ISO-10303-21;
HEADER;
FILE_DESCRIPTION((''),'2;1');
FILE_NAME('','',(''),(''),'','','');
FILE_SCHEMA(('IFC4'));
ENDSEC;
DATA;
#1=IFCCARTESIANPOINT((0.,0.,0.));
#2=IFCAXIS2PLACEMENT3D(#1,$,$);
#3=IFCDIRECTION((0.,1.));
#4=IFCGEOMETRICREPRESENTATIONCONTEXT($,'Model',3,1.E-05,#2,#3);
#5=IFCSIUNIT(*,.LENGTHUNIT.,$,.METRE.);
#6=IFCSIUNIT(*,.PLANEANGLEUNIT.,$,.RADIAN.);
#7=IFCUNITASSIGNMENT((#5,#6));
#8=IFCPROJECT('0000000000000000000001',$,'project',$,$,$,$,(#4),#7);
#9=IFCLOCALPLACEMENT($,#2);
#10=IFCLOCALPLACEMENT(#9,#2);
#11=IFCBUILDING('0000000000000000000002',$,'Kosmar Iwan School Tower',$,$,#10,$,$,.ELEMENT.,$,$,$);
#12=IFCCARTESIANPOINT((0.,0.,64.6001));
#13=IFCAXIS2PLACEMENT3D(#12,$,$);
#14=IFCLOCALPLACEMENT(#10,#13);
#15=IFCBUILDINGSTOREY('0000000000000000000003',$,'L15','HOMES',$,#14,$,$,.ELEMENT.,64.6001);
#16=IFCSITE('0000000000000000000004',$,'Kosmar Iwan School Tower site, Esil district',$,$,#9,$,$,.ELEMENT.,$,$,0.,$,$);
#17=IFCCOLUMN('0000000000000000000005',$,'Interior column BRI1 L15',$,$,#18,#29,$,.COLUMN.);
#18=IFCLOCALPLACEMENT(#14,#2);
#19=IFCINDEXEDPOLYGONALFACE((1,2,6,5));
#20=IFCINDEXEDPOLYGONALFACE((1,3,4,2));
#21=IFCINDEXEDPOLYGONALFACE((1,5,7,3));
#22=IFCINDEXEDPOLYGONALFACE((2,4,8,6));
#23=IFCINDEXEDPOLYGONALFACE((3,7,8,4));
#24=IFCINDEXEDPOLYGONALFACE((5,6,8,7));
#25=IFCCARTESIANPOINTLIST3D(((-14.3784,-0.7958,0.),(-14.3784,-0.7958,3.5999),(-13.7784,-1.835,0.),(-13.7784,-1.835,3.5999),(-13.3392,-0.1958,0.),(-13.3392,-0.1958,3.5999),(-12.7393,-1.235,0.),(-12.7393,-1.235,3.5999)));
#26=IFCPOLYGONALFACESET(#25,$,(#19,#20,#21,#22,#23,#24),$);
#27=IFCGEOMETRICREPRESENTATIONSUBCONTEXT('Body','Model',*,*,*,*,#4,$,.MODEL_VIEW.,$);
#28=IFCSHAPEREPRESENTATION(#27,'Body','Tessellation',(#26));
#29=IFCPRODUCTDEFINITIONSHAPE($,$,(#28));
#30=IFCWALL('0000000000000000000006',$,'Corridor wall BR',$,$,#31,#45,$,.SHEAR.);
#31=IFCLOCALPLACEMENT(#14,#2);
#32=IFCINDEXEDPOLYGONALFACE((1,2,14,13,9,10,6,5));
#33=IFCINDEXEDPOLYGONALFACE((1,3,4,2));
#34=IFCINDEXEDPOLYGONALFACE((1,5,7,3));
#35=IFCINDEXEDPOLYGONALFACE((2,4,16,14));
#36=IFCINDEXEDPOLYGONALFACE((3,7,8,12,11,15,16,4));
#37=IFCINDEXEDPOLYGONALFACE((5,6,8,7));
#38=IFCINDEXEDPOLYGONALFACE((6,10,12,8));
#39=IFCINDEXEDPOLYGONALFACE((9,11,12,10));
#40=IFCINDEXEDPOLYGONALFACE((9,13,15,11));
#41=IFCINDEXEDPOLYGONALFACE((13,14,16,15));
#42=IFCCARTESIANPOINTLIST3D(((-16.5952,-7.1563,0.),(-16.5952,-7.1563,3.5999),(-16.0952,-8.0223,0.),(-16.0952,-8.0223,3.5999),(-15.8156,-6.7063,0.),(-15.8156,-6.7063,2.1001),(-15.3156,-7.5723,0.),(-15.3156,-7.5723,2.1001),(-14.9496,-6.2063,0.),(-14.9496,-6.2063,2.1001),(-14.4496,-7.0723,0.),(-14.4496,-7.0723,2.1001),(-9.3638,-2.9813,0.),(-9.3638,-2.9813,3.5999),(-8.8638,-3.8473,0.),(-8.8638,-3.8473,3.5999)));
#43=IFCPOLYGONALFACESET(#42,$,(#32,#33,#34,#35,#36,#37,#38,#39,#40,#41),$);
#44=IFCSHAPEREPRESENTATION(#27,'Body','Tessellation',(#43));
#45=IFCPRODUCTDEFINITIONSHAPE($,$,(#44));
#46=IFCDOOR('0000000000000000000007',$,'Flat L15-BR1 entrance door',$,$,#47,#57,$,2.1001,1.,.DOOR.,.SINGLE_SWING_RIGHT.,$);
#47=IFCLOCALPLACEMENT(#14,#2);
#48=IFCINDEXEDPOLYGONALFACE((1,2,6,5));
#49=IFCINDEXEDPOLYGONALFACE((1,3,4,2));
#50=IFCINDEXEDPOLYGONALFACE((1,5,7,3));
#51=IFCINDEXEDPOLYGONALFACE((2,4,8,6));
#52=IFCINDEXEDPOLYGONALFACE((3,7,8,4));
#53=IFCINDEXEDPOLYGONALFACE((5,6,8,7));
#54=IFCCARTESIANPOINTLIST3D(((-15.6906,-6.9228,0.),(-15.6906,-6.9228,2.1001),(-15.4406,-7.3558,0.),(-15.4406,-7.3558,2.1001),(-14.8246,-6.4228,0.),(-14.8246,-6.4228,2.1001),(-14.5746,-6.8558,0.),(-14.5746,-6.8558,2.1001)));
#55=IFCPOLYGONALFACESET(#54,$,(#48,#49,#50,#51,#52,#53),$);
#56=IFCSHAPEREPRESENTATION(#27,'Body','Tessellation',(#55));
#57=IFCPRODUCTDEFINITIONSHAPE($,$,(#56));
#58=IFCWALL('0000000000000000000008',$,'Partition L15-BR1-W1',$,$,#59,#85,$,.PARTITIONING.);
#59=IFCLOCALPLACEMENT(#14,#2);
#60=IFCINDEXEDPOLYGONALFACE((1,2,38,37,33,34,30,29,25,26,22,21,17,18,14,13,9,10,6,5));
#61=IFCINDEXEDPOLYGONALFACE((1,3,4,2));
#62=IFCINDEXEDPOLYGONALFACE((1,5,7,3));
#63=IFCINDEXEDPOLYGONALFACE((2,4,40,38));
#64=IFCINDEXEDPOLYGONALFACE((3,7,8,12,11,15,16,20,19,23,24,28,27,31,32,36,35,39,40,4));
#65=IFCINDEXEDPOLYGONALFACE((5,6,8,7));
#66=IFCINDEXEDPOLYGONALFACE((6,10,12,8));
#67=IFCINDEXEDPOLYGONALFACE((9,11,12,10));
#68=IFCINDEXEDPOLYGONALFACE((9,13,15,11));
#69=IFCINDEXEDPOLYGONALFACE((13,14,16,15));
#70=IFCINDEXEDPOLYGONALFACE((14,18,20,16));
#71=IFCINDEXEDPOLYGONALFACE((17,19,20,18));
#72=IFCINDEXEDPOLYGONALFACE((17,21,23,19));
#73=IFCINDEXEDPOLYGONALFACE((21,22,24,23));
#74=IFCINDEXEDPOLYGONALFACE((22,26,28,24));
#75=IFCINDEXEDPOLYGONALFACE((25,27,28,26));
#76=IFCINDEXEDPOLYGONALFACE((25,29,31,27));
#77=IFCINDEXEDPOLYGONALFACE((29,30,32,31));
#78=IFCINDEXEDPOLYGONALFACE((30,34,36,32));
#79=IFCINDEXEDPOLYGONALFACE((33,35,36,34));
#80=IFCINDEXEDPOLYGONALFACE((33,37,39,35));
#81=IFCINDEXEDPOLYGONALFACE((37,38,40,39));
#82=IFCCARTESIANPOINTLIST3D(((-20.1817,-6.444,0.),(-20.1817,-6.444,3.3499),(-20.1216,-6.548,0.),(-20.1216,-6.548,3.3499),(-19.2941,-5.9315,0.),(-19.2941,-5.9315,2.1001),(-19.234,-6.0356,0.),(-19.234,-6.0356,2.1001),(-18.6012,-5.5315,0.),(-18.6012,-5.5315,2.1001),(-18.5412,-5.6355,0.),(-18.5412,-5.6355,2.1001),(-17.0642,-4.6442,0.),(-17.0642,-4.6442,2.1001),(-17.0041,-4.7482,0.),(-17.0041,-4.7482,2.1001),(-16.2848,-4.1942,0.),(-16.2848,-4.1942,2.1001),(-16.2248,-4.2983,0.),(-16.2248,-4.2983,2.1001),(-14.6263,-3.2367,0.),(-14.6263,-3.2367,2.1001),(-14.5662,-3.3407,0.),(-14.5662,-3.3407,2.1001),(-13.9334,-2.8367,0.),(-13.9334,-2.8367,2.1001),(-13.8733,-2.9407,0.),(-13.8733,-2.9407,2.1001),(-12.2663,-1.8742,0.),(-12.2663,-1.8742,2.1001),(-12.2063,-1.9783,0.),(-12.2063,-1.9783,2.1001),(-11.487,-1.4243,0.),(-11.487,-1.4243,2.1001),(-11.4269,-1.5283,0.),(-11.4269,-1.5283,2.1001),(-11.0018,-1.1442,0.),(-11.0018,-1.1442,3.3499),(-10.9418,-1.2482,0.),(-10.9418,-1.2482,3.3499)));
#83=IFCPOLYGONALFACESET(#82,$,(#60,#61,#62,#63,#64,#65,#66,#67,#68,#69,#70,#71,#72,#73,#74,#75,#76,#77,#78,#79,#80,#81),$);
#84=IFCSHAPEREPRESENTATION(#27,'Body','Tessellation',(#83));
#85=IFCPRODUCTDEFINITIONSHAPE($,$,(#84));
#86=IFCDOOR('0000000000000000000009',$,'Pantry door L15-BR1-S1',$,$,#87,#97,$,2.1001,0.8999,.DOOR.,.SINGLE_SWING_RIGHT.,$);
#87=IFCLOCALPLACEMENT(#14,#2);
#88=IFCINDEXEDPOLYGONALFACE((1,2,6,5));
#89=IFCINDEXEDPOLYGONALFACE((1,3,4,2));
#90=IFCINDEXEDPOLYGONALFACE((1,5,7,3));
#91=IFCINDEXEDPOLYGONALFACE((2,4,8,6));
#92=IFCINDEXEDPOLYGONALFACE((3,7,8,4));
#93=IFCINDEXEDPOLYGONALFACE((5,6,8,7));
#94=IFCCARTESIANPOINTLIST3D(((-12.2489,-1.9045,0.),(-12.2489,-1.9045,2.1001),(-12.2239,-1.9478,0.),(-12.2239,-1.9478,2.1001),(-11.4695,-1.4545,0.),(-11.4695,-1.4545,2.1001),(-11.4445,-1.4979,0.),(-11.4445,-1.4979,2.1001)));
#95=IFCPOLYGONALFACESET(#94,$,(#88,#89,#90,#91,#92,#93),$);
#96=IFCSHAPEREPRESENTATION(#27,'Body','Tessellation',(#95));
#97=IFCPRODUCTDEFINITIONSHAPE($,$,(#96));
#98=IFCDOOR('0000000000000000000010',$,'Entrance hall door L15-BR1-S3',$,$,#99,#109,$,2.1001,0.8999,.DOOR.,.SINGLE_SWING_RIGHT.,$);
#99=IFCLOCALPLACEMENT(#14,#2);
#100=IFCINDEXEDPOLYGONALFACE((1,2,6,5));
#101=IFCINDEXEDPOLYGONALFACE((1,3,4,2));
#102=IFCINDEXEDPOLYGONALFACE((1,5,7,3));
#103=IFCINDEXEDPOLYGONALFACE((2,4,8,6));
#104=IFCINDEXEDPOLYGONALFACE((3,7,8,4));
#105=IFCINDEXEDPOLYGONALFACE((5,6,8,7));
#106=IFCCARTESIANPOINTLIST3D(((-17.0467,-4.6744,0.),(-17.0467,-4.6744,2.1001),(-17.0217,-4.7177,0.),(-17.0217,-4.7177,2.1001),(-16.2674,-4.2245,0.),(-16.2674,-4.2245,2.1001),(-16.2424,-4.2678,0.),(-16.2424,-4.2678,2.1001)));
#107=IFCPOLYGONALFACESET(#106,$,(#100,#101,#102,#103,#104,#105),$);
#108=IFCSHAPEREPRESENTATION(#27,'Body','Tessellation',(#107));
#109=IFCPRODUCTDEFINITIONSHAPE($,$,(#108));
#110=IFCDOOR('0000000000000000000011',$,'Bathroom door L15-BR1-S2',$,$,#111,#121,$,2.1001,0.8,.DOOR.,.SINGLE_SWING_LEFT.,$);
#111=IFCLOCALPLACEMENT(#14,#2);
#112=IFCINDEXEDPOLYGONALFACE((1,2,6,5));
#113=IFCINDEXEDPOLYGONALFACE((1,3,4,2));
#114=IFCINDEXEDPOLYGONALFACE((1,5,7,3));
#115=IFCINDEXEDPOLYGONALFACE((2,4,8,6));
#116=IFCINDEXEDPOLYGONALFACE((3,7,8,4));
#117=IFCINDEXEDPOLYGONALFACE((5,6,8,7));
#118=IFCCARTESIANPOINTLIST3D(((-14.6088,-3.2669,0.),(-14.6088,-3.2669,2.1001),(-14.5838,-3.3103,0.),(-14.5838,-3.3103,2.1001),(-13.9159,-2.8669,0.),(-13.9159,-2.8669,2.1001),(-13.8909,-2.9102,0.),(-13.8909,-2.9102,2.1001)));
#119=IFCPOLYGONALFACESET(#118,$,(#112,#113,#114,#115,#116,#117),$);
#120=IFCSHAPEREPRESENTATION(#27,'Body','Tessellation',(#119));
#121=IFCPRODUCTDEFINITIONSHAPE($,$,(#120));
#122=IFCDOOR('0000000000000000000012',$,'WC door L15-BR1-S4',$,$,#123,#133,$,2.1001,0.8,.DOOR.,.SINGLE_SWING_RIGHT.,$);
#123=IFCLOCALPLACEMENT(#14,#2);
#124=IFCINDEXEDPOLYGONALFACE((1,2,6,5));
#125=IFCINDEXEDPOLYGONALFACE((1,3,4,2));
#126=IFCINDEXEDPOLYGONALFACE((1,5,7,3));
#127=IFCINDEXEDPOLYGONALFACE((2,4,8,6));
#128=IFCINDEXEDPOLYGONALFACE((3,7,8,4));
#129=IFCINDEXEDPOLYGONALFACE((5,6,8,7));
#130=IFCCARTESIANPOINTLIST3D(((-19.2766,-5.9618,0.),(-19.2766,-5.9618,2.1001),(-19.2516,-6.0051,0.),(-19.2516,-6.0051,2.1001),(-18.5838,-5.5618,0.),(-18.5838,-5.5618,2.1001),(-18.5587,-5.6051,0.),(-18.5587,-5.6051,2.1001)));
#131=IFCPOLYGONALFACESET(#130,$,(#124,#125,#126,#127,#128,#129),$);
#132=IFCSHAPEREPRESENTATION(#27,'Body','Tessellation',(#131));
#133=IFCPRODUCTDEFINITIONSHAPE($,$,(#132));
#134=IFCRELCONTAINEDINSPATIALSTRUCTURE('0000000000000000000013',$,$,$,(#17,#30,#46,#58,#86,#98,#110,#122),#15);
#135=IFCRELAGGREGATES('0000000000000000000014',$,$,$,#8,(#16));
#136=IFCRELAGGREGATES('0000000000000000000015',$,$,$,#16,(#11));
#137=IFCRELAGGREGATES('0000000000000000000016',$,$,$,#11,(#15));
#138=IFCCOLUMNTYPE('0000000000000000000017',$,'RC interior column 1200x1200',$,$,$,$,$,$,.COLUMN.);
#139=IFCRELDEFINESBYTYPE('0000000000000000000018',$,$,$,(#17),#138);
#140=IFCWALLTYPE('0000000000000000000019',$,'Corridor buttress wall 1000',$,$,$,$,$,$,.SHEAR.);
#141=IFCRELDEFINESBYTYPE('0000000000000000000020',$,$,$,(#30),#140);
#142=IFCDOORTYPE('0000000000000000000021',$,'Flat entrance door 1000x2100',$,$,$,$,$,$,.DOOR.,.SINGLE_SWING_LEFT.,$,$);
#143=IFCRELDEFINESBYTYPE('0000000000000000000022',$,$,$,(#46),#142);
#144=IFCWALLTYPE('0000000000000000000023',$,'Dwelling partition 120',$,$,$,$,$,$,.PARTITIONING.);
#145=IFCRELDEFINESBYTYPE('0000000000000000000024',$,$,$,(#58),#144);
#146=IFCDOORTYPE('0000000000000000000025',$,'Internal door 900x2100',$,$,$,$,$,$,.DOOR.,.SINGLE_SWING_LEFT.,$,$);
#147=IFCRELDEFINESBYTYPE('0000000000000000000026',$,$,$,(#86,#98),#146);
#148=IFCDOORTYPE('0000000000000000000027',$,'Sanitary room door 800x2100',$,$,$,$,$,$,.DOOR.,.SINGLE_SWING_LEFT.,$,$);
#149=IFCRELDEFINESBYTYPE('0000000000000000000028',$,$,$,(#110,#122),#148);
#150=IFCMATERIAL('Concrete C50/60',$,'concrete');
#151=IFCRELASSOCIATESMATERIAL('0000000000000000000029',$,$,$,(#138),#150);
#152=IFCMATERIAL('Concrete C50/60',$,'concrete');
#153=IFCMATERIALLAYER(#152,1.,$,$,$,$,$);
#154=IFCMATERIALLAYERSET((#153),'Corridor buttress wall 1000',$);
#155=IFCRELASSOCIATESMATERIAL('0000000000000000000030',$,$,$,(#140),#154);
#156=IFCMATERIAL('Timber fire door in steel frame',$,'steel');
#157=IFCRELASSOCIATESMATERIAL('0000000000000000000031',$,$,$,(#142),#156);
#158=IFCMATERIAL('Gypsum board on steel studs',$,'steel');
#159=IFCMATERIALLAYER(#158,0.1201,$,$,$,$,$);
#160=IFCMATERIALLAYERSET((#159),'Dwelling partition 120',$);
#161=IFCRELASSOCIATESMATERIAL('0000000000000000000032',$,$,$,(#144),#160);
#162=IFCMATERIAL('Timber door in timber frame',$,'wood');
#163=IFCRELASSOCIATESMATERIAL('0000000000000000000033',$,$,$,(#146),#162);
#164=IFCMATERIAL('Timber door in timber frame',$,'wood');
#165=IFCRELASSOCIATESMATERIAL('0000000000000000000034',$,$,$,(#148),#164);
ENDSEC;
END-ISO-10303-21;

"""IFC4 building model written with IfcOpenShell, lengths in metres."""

from ifc_helpers import new_model, si_unit, direction, frame, frame_2d, origin, origin_2d, place, context, subcontext, project, spatial, rectangle, extrude, material, layer, layer_set, material_profile, profile_set, type_object, element, fill, save


model = new_model("IFC4")

# Units and contexts
model_context = context("Model", 3, precision=1e-05, world=origin(), true_north=direction((0.0, 1.0)))
body_context = subcontext(model_context, "Body", "Model", "MODEL_VIEW")
ifc_project = project(units=[si_unit("LENGTHUNIT", "METRE"), si_unit("PLANEANGLEUNIT", "RADIAN")], contexts=[model_context])

# Site, building, storey
site_placement = place(None, origin())
site = spatial("IfcSite", under=ifc_project, at=site_placement, Name="Kosmar Iwan School Tower site, Esil district", CompositionType="ELEMENT", RefElevation=0.0)
building_placement = place(site_placement, origin())
building = spatial("IfcBuilding", under=site, at=building_placement, Name="Kosmar Iwan School Tower", CompositionType="ELEMENT")
storey_placement = place(building_placement, frame((0.0, 0.0, 64.6001)))
storey = spatial("IfcBuildingStorey", under=building, at=storey_placement, Name="L15", Description="HOMES", CompositionType="ELEMENT", Elevation=64.6001)

# Column
ifc_material_1 = material(Name="Concrete C50/60", Category="concrete")
ifc_material_profile = material_profile(ifc_material_1, rectangle(XDim=1.2, YDim=1.2, at=origin_2d()), Name="RC 1200x1200")
ifc_profile_set = profile_set([ifc_material_profile], Name="Concrete C50/60")
column_type = type_object("IfcColumnType", Name="RC interior column 1200x1200", PredefinedType="COLUMN", material=ifc_profile_set)
column_placement = place(storey_placement, frame((-13.5588, -1.0154, 0.0), z_axis=(0.0, 0.0, 1.0), x_axis=(-0.866025, -0.5, 0.0)))
element("IfcColumn", 1, at=column_placement, inside=storey, type_object=column_type, Name="Interior column BRI1 L15", PredefinedType="COLUMN", context=body_context, shape_type="SweptSolid", body=[
    extrude(rectangle(XDim=1.2, YDim=1.2, at=origin_2d()), origin(), (0.0, 0.0, 1.0), 3.5999),
])

# Wall, opening, door
ifc_material_2 = material(Name="Concrete C50/60", Category="concrete")
ifc_layer_1 = layer(ifc_material_2, 1.0)
ifc_layer_set_1 = layer_set([ifc_layer_1], Name="Corridor buttress wall 1000")
wall_type_1 = type_object("IfcWallType", Name="Corridor buttress wall 1000", PredefinedType="SHEAR", material=ifc_layer_set_1)
wall_1_placement = place(storey_placement, frame((-9.1138, -3.4143, 0.0), z_axis=(0.0, 0.0, 1.0), x_axis=(-0.866027, -0.499997, 0.0)))
wall_1 = element("IfcWall", 2, at=wall_1_placement, inside=storey, type_object=wall_type_1, Name="Corridor wall BR", PredefinedType="SHEAR", context=body_context, shape_type="SweptSolid", body=[
    extrude(rectangle(XDim=8.3501, YDim=1.0, at=frame_2d((4.175, 0.0))), origin(), (0.0, 0.0, 1.0), 3.5999),
])
opening_1_placement = place(wall_1_placement, frame((6.45, 0.0, 0.0)))
opening_1 = element("IfcOpeningElement", 3, at=opening_1_placement, cuts=wall_1, PredefinedType="OPENING", context=body_context, shape_type="SweptSolid", body=[
    extrude(rectangle(XDim=1.0, YDim=2.1001, at=frame_2d((0.5, 1.05))), frame((0.0, 0.512, 0.0), z_axis=(0.0, -1.0, 0.0), x_axis=(1.0, 0.0, 0.0)), (0.0, 0.0, 1.0), 1.0239),
])
ifc_material_3 = material(Name="Timber fire door in steel frame", Category="steel")
door_type_1 = type_object("IfcDoorType", Name="Flat entrance door 1000x2100", OperationType="SINGLE_SWING_LEFT", PredefinedType="DOOR", material=ifc_material_3)
door_1_placement = place(opening_1_placement, origin())
door_1 = element("IfcDoor", 4, at=door_1_placement, inside=storey, type_object=door_type_1, Name="Flat L15-BR1 entrance door", OperationType="SINGLE_SWING_RIGHT", OverallHeight=2.1001, OverallWidth=1.0, PredefinedType="DOOR", context=body_context, shape_type="SweptSolid", body=[
    extrude(rectangle(XDim=1.0, YDim=2.1001, at=frame_2d((0.5, 1.05))), frame((0.0, 0.25, 0.0), z_axis=(0.0, -1.0, 0.0), x_axis=(1.0, 0.0, 0.0)), (0.0, 0.0, 1.0), 0.5),
])
fill(opening_1, door_1)

# Wall, openings, doors
ifc_material_4 = material(Name="Gypsum board on steel studs", Category="steel")
ifc_layer_2 = layer(ifc_material_4, 0.1201)
ifc_layer_set_2 = layer_set([ifc_layer_2], Name="Dwelling partition 120")
wall_type_2 = type_object("IfcWallType", Name="Dwelling partition 120", PredefinedType="PARTITIONING", material=ifc_layer_set_2)
wall_2_placement = place(storey_placement, frame((-10.9719, -1.1963, 0.0), z_axis=(0.0, 0.0, 1.0), x_axis=(-0.866035, -0.499984, 0.0)))
wall_2 = element("IfcWall", 5, at=wall_2_placement, inside=storey, type_object=wall_type_2, Name="Partition L15-BR1-W1", PredefinedType="PARTITIONING", context=body_context, shape_type="SweptSolid", body=[
    extrude(rectangle(XDim=10.5999, YDim=0.1201, at=frame_2d((5.2998, 0.0))), origin(), (0.0, 0.0, 1.0), 3.3499),
])
opening_2_placement = place(wall_2_placement, frame((0.5601, 0.0, 0.0)))
opening_2 = element("IfcOpeningElement", 6, at=opening_2_placement, cuts=wall_2, PredefinedType="OPENING", context=body_context, shape_type="SweptSolid", body=[
    extrude(rectangle(XDim=0.8999, YDim=2.1001, at=frame_2d((0.45, 1.05))), frame((0.0, 0.072, 0.0), z_axis=(0.0, -1.0, 0.0), x_axis=(1.0, 0.0, 0.0)), (0.0, 0.0, 1.0), 0.144),
])
opening_3_placement = place(wall_2_placement, frame((3.385, 0.0, 0.0)))
opening_3 = element("IfcOpeningElement", 7, at=opening_3_placement, cuts=wall_2, PredefinedType="OPENING", context=body_context, shape_type="SweptSolid", body=[
    extrude(rectangle(XDim=0.8, YDim=2.1001, at=frame_2d((0.3999, 1.05))), frame((0.0, 0.072, 0.0), z_axis=(0.0, -1.0, 0.0), x_axis=(1.0, 0.0, 0.0)), (0.0, 0.0, 1.0), 0.144),
])
opening_4_placement = place(wall_2_placement, frame((6.1001, 0.0, 0.0)))
opening_4 = element("IfcOpeningElement", 8, at=opening_4_placement, cuts=wall_2, PredefinedType="OPENING", context=body_context, shape_type="SweptSolid", body=[
    extrude(rectangle(XDim=0.8999, YDim=2.1001, at=frame_2d((0.45, 1.05))), frame((0.0, 0.072, 0.0), z_axis=(0.0, -1.0, 0.0), x_axis=(1.0, 0.0, 0.0)), (0.0, 0.0, 1.0), 0.144),
])
opening_5_placement = place(wall_2_placement, frame((8.7749, 0.0, 0.0)))
opening_5 = element("IfcOpeningElement", 9, at=opening_5_placement, cuts=wall_2, PredefinedType="OPENING", context=body_context, shape_type="SweptSolid", body=[
    extrude(rectangle(XDim=0.8, YDim=2.1001, at=frame_2d((0.3999, 1.05))), frame((0.0, 0.072, 0.0), z_axis=(0.0, -1.0, 0.0), x_axis=(1.0, 0.0, 0.0)), (0.0, 0.0, 1.0), 0.144),
])
ifc_material_5 = material(Name="Timber door in timber frame", Category="wood")
door_type_2 = type_object("IfcDoorType", Name="Internal door 900x2100", OperationType="SINGLE_SWING_LEFT", PredefinedType="DOOR", material=ifc_material_5)
door_2_placement = place(opening_2_placement, origin())
door_2 = element("IfcDoor", 10, at=door_2_placement, inside=storey, type_object=door_type_2, Name="Pantry door L15-BR1-S1", OperationType="SINGLE_SWING_RIGHT", OverallHeight=2.1001, OverallWidth=0.8999, PredefinedType="DOOR", context=body_context, shape_type="SweptSolid", body=[
    extrude(rectangle(XDim=0.8999, YDim=2.1001, at=frame_2d((0.45, 1.05))), frame((0.0, 0.0249, 0.0), z_axis=(0.0, -1.0, 0.0), x_axis=(1.0, 0.0, 0.0)), (0.0, 0.0, 1.0), 0.05),
])
fill(opening_2, door_2)
door_3_placement = place(opening_4_placement, origin())
door_3 = element("IfcDoor", 11, at=door_3_placement, inside=storey, type_object=door_type_2, Name="Entrance hall door L15-BR1-S3", OperationType="SINGLE_SWING_RIGHT", OverallHeight=2.1001, OverallWidth=0.8999, PredefinedType="DOOR", context=body_context, shape_type="SweptSolid", body=[
    extrude(rectangle(XDim=0.8999, YDim=2.1001, at=frame_2d((0.45, 1.05))), frame((0.0, 0.0249, 0.0), z_axis=(0.0, -1.0, 0.0), x_axis=(1.0, 0.0, 0.0)), (0.0, 0.0, 1.0), 0.05),
])
fill(opening_4, door_3)
ifc_material_6 = material(Name="Timber door in timber frame", Category="wood")
door_type_3 = type_object("IfcDoorType", Name="Sanitary room door 800x2100", OperationType="SINGLE_SWING_LEFT", PredefinedType="DOOR", material=ifc_material_6)
door_4_placement = place(opening_3_placement, origin())
door_4 = element("IfcDoor", 12, at=door_4_placement, inside=storey, type_object=door_type_3, Name="Bathroom door L15-BR1-S2", OperationType="SINGLE_SWING_LEFT", OverallHeight=2.1001, OverallWidth=0.8, PredefinedType="DOOR", context=body_context, shape_type="SweptSolid", body=[
    extrude(rectangle(XDim=0.8, YDim=2.1001, at=frame_2d((0.3999, 1.05))), frame((0.0, 0.0249, 0.0), z_axis=(0.0, -1.0, 0.0), x_axis=(1.0, 0.0, 0.0)), (0.0, 0.0, 1.0), 0.05),
])
fill(opening_3, door_4)
door_5_placement = place(opening_5_placement, origin())
door_5 = element("IfcDoor", 13, at=door_5_placement, inside=storey, type_object=door_type_3, Name="WC door L15-BR1-S4", OperationType="SINGLE_SWING_RIGHT", OverallHeight=2.1001, OverallWidth=0.8, PredefinedType="DOOR", context=body_context, shape_type="SweptSolid", body=[
    extrude(rectangle(XDim=0.8, YDim=2.1001, at=frame_2d((0.3999, 1.05))), frame((0.0, 0.0249, 0.0), z_axis=(0.0, -1.0, 0.0), x_axis=(1.0, 0.0, 0.0)), (0.0, 0.0, 1.0), 0.05),
])
fill(opening_5, door_5)

save(model, "model.ifc")
